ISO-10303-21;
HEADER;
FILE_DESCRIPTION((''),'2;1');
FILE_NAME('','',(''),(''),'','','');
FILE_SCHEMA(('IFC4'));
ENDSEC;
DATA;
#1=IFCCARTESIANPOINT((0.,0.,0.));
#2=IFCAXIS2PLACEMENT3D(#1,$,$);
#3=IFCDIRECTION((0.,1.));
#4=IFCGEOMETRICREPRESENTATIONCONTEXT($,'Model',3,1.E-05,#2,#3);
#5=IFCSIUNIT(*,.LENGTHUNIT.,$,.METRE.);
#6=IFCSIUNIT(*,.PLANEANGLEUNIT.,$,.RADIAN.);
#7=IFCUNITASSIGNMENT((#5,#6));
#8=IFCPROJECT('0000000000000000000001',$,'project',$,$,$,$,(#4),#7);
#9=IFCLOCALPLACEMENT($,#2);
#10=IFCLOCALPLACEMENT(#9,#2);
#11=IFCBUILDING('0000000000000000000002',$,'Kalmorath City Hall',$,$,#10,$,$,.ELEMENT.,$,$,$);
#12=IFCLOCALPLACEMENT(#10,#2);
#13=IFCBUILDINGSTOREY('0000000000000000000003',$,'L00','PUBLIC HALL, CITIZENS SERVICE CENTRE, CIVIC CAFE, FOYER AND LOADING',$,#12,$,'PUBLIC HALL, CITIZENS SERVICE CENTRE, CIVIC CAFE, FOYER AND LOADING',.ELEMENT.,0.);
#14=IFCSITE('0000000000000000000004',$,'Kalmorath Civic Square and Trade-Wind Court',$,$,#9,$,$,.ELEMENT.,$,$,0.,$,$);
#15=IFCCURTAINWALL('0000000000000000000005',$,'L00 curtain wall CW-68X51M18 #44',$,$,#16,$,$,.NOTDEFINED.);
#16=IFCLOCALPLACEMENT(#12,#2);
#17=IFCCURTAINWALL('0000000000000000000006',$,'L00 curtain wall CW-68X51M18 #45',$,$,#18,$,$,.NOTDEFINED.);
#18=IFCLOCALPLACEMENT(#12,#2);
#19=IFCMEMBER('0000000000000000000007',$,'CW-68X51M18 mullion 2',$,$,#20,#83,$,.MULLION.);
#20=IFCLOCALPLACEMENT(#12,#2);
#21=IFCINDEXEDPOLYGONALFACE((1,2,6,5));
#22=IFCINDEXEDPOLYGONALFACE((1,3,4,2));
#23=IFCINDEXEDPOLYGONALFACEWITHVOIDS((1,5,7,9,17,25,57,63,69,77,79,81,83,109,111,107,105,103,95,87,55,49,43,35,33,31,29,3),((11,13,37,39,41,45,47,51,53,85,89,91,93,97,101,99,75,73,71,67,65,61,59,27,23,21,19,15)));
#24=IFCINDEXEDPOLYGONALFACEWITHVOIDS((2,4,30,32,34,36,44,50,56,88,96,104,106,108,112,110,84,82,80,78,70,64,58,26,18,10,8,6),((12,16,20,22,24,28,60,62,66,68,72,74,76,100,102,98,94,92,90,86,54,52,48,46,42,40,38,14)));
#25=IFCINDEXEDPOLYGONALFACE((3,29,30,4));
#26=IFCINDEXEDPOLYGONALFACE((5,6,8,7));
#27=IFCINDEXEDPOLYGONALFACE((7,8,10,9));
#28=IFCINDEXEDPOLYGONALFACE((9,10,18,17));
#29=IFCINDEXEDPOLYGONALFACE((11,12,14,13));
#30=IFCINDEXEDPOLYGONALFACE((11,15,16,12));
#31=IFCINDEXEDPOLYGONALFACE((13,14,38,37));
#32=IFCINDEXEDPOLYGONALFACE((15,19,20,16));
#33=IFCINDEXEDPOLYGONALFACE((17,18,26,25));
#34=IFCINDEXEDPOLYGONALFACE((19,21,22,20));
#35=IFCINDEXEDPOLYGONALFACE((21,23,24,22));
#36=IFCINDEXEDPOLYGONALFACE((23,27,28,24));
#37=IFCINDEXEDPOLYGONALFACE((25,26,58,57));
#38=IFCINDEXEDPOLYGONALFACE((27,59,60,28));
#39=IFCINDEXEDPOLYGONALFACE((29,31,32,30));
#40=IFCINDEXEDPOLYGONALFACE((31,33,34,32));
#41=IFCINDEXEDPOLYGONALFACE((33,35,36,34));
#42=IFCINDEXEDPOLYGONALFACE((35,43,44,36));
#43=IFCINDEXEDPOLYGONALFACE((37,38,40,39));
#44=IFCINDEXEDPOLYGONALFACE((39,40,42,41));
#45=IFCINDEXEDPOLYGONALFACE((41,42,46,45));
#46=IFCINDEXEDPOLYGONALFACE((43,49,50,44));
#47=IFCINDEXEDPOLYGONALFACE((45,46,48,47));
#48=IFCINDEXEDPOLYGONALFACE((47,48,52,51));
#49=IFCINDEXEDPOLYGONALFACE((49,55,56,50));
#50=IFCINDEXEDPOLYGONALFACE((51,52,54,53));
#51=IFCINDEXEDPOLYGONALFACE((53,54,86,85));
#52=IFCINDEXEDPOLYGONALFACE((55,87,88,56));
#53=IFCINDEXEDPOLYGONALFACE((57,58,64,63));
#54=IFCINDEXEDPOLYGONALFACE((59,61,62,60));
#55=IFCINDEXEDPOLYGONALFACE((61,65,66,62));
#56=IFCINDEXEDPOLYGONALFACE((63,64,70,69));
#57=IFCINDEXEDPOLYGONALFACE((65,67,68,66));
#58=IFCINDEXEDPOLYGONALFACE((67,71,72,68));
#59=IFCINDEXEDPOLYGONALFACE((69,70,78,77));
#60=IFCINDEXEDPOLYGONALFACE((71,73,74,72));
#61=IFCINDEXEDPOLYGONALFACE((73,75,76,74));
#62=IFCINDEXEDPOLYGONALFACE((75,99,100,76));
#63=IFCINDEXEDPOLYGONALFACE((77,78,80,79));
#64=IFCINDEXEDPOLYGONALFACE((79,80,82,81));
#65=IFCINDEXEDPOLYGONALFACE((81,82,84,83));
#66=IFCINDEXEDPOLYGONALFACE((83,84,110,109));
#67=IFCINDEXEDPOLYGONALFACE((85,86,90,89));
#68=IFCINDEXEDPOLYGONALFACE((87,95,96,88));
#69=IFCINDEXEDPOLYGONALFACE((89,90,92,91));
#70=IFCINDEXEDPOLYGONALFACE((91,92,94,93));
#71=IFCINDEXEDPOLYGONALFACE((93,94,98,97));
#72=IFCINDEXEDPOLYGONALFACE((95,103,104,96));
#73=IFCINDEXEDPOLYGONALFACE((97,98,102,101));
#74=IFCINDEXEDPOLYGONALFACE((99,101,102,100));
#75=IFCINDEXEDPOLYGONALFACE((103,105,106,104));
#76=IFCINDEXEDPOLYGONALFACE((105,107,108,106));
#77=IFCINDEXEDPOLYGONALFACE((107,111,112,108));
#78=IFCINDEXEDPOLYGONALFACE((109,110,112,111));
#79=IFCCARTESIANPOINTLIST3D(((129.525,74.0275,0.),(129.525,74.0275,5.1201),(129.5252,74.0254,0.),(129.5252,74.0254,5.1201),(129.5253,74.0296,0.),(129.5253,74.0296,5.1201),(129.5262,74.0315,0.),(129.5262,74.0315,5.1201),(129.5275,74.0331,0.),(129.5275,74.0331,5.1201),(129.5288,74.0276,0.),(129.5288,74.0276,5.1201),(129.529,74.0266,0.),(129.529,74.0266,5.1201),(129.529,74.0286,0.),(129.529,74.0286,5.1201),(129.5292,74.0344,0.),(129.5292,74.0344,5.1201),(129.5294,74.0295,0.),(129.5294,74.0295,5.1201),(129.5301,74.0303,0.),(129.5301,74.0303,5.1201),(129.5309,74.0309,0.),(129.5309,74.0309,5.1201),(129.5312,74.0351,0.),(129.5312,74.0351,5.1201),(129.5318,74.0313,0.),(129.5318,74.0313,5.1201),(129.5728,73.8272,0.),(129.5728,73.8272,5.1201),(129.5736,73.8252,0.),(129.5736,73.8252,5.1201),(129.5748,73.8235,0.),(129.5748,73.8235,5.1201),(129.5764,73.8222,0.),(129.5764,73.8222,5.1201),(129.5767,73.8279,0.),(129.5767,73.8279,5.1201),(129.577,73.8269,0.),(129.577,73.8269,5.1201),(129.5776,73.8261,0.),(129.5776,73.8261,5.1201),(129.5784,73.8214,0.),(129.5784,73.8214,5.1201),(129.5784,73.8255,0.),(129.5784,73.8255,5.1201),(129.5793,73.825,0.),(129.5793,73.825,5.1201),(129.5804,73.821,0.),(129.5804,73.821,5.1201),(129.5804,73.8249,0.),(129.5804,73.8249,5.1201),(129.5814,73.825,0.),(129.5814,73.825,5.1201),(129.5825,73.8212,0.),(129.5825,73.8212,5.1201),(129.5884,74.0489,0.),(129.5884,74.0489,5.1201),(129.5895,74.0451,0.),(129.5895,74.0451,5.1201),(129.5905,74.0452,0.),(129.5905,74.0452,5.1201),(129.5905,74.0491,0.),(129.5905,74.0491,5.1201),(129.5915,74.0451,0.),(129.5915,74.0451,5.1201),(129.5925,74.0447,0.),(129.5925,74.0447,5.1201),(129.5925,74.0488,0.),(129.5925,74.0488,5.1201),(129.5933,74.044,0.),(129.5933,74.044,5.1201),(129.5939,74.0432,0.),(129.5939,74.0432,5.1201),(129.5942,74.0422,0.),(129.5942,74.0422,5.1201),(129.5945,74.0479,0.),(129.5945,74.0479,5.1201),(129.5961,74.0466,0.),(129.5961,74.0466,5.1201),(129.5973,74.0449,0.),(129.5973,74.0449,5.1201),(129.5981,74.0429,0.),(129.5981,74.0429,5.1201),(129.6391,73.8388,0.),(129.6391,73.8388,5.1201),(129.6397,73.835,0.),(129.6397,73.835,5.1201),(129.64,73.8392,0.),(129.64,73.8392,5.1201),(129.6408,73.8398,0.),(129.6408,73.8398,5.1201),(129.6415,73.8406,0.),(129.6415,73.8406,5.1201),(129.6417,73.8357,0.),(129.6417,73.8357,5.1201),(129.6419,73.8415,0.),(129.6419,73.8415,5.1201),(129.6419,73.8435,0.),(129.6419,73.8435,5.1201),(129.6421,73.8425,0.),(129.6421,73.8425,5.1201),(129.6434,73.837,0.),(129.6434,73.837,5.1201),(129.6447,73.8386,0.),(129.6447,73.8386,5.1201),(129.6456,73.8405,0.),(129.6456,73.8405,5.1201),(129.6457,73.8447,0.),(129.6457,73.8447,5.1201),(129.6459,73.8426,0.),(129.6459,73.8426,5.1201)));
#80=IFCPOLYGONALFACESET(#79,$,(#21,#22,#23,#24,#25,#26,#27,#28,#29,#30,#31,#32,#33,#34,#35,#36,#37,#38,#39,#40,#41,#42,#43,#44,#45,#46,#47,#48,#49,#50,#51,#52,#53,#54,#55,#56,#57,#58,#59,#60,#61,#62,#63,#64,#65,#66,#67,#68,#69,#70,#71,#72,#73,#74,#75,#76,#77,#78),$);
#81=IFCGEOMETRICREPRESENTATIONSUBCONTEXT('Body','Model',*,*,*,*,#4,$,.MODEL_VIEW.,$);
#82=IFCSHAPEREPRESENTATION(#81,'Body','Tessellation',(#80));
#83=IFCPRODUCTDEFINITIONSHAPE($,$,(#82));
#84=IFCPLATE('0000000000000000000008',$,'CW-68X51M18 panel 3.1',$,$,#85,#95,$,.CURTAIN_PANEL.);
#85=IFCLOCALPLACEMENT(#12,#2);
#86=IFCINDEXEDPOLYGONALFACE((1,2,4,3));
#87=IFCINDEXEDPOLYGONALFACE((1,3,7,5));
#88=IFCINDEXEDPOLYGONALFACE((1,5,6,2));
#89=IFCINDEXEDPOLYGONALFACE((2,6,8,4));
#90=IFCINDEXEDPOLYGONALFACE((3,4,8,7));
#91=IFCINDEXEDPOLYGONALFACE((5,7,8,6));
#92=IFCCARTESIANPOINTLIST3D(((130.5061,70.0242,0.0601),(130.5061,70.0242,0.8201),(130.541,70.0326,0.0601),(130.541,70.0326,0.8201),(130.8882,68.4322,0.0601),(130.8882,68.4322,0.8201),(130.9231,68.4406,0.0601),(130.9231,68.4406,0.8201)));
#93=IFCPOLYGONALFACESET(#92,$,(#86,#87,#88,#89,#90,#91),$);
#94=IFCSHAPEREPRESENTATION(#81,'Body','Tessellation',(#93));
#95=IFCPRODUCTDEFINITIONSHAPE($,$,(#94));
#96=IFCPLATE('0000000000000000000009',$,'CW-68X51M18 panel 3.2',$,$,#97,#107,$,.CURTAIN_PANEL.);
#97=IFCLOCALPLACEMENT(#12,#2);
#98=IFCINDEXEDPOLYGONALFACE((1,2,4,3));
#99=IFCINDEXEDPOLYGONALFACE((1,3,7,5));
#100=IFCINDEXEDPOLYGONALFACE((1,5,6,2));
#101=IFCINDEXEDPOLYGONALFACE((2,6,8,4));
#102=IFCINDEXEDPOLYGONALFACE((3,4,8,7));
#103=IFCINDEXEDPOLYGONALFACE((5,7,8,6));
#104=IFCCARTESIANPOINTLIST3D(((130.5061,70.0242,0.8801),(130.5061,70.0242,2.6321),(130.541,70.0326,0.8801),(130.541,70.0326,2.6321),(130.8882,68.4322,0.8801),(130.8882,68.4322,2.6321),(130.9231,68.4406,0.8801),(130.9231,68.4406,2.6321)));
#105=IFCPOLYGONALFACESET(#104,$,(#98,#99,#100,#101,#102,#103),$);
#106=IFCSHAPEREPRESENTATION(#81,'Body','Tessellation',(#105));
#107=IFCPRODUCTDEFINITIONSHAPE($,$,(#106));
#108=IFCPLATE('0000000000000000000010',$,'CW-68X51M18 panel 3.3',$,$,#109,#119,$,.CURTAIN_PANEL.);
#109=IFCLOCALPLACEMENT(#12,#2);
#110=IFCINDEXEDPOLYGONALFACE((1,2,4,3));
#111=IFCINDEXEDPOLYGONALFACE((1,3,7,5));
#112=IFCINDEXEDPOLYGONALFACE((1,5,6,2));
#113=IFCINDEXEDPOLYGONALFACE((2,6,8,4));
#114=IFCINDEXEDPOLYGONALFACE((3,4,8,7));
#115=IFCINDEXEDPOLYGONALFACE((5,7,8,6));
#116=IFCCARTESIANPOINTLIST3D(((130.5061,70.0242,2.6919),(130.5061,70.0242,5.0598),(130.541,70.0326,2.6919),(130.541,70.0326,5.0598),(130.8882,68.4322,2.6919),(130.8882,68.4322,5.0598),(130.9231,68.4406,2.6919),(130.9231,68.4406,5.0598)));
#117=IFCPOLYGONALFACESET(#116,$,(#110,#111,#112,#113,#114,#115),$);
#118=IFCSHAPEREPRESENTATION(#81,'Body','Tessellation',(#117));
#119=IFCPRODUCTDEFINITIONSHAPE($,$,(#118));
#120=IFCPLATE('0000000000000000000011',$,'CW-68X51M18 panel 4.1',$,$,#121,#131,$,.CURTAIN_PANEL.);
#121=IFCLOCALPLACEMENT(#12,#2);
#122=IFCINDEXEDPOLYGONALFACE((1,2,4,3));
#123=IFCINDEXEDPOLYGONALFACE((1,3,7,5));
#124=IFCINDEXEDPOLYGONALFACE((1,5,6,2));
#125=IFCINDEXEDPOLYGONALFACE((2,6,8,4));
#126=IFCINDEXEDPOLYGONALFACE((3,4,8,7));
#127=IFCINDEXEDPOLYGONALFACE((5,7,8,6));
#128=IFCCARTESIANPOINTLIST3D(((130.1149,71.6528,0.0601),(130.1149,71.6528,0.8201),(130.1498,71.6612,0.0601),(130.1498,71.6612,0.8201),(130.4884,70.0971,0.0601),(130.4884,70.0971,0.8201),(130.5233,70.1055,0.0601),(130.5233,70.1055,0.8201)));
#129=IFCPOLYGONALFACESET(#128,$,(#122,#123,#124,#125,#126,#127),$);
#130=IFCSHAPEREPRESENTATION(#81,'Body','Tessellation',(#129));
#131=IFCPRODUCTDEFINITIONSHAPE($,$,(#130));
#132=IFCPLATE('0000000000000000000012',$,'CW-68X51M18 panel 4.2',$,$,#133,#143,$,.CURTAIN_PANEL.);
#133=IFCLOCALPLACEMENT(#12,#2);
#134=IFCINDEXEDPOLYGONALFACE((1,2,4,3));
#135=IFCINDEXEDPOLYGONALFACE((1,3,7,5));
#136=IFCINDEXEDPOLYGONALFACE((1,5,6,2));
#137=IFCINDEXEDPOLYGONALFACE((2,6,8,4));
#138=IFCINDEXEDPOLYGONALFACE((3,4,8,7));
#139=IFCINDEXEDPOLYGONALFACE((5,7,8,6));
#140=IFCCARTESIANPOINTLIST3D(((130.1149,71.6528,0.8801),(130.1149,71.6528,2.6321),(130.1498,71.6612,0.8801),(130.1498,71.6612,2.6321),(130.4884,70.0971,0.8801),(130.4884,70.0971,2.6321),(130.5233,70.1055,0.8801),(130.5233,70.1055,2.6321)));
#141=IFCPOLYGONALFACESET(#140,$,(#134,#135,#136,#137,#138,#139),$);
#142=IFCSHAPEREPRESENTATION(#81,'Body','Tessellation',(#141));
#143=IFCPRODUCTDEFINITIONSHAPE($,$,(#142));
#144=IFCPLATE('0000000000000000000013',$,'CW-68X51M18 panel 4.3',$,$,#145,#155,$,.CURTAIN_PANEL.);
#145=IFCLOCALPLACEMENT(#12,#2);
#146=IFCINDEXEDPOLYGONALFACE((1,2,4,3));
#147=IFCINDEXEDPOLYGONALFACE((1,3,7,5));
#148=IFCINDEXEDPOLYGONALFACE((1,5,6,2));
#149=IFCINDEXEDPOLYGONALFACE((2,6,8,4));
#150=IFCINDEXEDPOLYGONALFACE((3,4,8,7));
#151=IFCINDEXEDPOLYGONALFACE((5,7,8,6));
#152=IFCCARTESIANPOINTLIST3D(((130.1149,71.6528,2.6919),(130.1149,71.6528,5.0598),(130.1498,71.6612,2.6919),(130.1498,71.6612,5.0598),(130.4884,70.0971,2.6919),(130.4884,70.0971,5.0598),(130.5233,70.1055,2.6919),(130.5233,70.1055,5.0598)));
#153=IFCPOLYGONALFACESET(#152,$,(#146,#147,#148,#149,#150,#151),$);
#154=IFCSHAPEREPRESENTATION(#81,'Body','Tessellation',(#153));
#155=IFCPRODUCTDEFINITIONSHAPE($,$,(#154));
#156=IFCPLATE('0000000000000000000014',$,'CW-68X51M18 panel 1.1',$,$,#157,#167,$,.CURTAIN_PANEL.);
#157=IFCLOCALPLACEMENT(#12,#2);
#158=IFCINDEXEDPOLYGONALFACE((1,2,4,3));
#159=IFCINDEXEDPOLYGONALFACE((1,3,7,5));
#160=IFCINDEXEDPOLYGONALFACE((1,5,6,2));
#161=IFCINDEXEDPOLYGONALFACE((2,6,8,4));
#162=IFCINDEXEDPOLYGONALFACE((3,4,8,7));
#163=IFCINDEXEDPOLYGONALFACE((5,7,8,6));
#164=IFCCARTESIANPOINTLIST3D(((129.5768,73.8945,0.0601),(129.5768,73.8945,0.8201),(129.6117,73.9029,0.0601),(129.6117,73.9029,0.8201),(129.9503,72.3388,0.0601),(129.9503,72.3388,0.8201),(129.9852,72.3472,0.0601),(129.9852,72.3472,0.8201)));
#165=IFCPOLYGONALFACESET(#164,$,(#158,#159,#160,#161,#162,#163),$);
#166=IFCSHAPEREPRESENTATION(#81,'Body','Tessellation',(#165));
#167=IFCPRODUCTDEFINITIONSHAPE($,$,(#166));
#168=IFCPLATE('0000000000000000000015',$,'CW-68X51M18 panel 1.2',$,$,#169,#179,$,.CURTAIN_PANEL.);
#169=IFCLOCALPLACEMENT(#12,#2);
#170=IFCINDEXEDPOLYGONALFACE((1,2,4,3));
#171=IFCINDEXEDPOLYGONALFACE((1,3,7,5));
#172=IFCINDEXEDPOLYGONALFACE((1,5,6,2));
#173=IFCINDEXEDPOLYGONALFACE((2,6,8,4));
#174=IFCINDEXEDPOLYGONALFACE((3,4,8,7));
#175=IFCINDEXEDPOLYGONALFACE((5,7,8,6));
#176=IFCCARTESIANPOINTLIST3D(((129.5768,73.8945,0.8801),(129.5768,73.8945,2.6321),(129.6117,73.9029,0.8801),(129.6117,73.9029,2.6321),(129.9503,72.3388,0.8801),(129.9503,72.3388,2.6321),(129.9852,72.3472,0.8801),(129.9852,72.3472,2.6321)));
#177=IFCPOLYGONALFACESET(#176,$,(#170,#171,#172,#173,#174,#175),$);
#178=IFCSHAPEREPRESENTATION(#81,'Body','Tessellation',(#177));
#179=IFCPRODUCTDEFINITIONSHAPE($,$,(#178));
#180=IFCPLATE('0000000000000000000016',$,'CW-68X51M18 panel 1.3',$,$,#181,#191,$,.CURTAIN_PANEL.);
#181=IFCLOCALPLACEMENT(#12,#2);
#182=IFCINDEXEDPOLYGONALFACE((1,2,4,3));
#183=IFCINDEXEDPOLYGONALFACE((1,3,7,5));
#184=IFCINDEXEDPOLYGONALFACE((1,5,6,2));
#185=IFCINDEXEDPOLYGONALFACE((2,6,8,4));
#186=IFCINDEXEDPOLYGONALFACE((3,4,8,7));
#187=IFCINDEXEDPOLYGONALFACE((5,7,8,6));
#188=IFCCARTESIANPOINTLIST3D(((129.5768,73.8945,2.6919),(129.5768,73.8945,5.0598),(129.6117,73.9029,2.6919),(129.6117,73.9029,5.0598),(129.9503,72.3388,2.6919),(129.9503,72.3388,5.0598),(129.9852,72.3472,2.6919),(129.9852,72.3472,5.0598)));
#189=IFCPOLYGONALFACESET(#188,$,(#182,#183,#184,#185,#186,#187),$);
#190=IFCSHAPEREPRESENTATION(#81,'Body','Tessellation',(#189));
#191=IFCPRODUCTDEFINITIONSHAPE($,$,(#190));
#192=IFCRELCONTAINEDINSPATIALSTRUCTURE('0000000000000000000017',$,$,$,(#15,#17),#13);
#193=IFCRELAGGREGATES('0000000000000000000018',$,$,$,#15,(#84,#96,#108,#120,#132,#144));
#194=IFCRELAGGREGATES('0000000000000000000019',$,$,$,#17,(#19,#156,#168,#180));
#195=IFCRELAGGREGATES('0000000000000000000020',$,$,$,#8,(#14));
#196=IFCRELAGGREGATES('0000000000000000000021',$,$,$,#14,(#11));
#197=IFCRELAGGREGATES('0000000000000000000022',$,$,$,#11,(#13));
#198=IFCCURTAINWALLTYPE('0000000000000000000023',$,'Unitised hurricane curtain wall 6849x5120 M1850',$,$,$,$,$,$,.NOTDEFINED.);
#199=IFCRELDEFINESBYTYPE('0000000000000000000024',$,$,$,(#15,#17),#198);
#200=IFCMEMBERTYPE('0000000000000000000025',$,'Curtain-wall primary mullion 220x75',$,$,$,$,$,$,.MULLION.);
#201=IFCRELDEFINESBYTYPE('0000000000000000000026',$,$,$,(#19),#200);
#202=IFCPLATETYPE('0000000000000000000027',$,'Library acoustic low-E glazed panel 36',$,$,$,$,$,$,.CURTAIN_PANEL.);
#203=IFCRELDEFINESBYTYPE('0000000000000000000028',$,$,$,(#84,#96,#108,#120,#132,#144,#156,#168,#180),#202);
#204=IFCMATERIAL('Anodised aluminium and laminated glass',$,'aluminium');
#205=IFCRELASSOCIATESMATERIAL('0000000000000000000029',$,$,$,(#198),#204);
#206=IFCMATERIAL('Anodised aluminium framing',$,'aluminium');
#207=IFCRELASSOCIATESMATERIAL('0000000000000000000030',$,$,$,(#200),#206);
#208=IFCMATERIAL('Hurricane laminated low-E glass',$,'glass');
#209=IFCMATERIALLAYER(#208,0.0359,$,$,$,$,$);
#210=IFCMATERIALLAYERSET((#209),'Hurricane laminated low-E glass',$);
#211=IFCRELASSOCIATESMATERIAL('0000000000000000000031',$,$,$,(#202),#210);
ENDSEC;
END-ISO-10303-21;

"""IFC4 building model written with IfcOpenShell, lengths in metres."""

from ifc_helpers import new_model, si_unit, direction, frame, origin, origin_2d, place, context, subcontext, project, spatial, rectangle, hollow_rectangle, extrude, material, layer, layer_set, material_profile, profile_set, type_object, element, aggregate, save


model = new_model("IFC4")

# Units and contexts
model_context = context("Model", 3, precision=1e-05, world=origin(), true_north=direction((0.0, 1.0)))
body_context = subcontext(model_context, "Body", "Model", "MODEL_VIEW")
ifc_project = project(units=[si_unit("LENGTHUNIT", "METRE"), si_unit("PLANEANGLEUNIT", "RADIAN")], contexts=[model_context])

# Site, building, storey
site_placement = place(None, origin())
site = spatial("IfcSite", under=ifc_project, at=site_placement, Name="Kalmorath Civic Square and Trade-Wind Court", CompositionType="ELEMENT", RefElevation=0.0)
building_placement = place(site_placement, origin())
building = spatial("IfcBuilding", under=site, at=building_placement, Name="Kalmorath City Hall", CompositionType="ELEMENT")
storey_placement = place(building_placement, origin())
storey = spatial("IfcBuildingStorey", under=building, at=storey_placement, Name="L00", Description="PUBLIC HALL, CITIZENS SERVICE CENTRE, CIVIC CAFE, FOYER AND LOADING", LongName="PUBLIC HALL, CITIZENS SERVICE CENTRE, CIVIC CAFE, FOYER AND LOADING", CompositionType="ELEMENT", Elevation=0.0)

# Curtain walls
ifc_material_1 = material(Name="Anodised aluminium and laminated glass", Category="aluminium")
curtain_wall_type = type_object("IfcCurtainWallType", Name="Unitised hurricane curtain wall 6849x5120 M1850", PredefinedType="NOTDEFINED", material=ifc_material_1)
curtain_wall_1_placement = place(storey_placement, origin())
curtain_wall_1 = element("IfcCurtainWall", 1, at=curtain_wall_1_placement, inside=storey, type_object=curtain_wall_type, Name="L00 curtain wall CW-68X51M18 #44", PredefinedType="NOTDEFINED")
curtain_wall_2_placement = place(storey_placement, origin())
curtain_wall_2 = element("IfcCurtainWall", 2, at=curtain_wall_2_placement, inside=storey, type_object=curtain_wall_type, Name="L00 curtain wall CW-68X51M18 #45", PredefinedType="NOTDEFINED")

# Member
ifc_material_2 = material(Name="Anodised aluminium framing", Category="aluminium")
ifc_material_profile_1 = material_profile(ifc_material_2, hollow_rectangle(XDim=0.075, YDim=0.22, WallThickness=0.0039, InnerFilletRadius=0.0039, OuterFilletRadius=0.0081, at=origin_2d()), Name="ALU-MUL-220X75X4")
ifc_profile_set_1 = profile_set([ifc_material_profile_1], Name="Anodised aluminium framing")
member_type_1 = type_object("IfcMemberType", Name="Curtain-wall primary mullion 220x75", PredefinedType="MULLION", material=ifc_profile_set_1)
member_1_placement = place(storey_placement, frame((129.5854, 73.9351, 0.0), z_axis=(0.0, 0.0, 1.0), x_axis=(-0.972367, -0.233456, 0.0)))
member_1 = element("IfcMember", 3, at=member_1_placement, type_object=member_type_1, Name="CW-68X51M18 mullion 2", PredefinedType="MULLION", context=body_context, shape_type="SweptSolid", body=[
    extrude(hollow_rectangle(XDim=0.075, YDim=0.22, WallThickness=0.0039, InnerFilletRadius=0.0039, OuterFilletRadius=0.0081, at=origin_2d()), origin(), (0.0, 0.0, 1.0), 5.1201),
])

# Plates
ifc_material_3 = material(Name="Hurricane laminated low-E glass", Category="glass")
ifc_layer_1 = layer(ifc_material_3, 0.0359)
ifc_layer_set_1 = layer_set([ifc_layer_1], Name="Hurricane laminated low-E glass")
plate_type = type_object("IfcPlateType", Name="Library acoustic low-E glazed panel 36", PredefinedType="CURTAIN_PANEL", material=ifc_layer_set_1)
plate_1_placement = place(storey_placement, frame((130.7146, 69.2324, 0.0601), z_axis=(0.0, 0.0, 1.0), x_axis=(-0.233442, 0.972371, 0.0)))
plate_1 = element("IfcPlate", 4, at=plate_1_placement, type_object=plate_type, Name="CW-68X51M18 panel 3.1", PredefinedType="CURTAIN_PANEL", context=body_context, shape_type="SweptSolid", body=[
    extrude(rectangle(XDim=1.6372, YDim=0.0359, at=origin_2d()), origin(), (0.0, 0.0, 1.0), 0.76),
])
plate_2_placement = place(storey_placement, frame((130.7146, 69.2324, 0.8801), z_axis=(0.0, 0.0, 1.0), x_axis=(-0.233442, 0.972371, 0.0)))
plate_2 = element("IfcPlate", 5, at=plate_2_placement, type_object=plate_type, Name="CW-68X51M18 panel 3.2", PredefinedType="CURTAIN_PANEL", context=body_context, shape_type="SweptSolid", body=[
    extrude(rectangle(XDim=1.6372, YDim=0.0359, at=origin_2d()), origin(), (0.0, 0.0, 1.0), 1.752),
])
plate_3_placement = place(storey_placement, frame((130.7146, 69.2324, 2.6919), z_axis=(0.0, 0.0, 1.0), x_axis=(-0.233442, 0.972371, 0.0)))
plate_3 = element("IfcPlate", 6, at=plate_3_placement, type_object=plate_type, Name="CW-68X51M18 panel 3.3", PredefinedType="CURTAIN_PANEL", context=body_context, shape_type="SweptSolid", body=[
    extrude(rectangle(XDim=1.6372, YDim=0.0359, at=origin_2d()), origin(), (0.0, 0.0, 1.0), 2.3679),
])
plate_4_placement = place(storey_placement, frame((130.3191, 70.8792, 0.0601), z_axis=(0.0, 0.0, 1.0), x_axis=(-0.233442, 0.972371, 0.0)))
plate_4 = element("IfcPlate", 7, at=plate_4_placement, type_object=plate_type, Name="CW-68X51M18 panel 4.1", PredefinedType="CURTAIN_PANEL", context=body_context, shape_type="SweptSolid", body=[
    extrude(rectangle(XDim=1.5999, YDim=0.0359, at=origin_2d()), origin(), (0.0, 0.0, 1.0), 0.76),
])
plate_5_placement = place(storey_placement, frame((130.3191, 70.8792, 0.8801), z_axis=(0.0, 0.0, 1.0), x_axis=(-0.233442, 0.972371, 0.0)))
plate_5 = element("IfcPlate", 8, at=plate_5_placement, type_object=plate_type, Name="CW-68X51M18 panel 4.2", PredefinedType="CURTAIN_PANEL", context=body_context, shape_type="SweptSolid", body=[
    extrude(rectangle(XDim=1.5999, YDim=0.0359, at=origin_2d()), origin(), (0.0, 0.0, 1.0), 1.752),
])
plate_6_placement = place(storey_placement, frame((130.3191, 70.8792, 2.6919), z_axis=(0.0, 0.0, 1.0), x_axis=(-0.233442, 0.972371, 0.0)))
plate_6 = element("IfcPlate", 9, at=plate_6_placement, type_object=plate_type, Name="CW-68X51M18 panel 4.3", PredefinedType="CURTAIN_PANEL", context=body_context, shape_type="SweptSolid", body=[
    extrude(rectangle(XDim=1.5999, YDim=0.0359, at=origin_2d()), origin(), (0.0, 0.0, 1.0), 2.3679),
])
aggregate(curtain_wall_1, [plate_1, plate_2, plate_3, plate_4, plate_5, plate_6])
plate_7_placement = place(storey_placement, frame((129.781, 73.1208, 0.0601), z_axis=(0.0, 0.0, 1.0), x_axis=(-0.233456, 0.972367, 0.0)))
plate_7 = element("IfcPlate", 10, at=plate_7_placement, type_object=plate_type, Name="CW-68X51M18 panel 1.1", PredefinedType="CURTAIN_PANEL", context=body_context, shape_type="SweptSolid", body=[
    extrude(rectangle(XDim=1.5999, YDim=0.0359, at=origin_2d()), origin(), (0.0, 0.0, 1.0), 0.76),
])
plate_8_placement = place(storey_placement, frame((129.781, 73.1208, 0.8801), z_axis=(0.0, 0.0, 1.0), x_axis=(-0.233456, 0.972367, 0.0)))
plate_8 = element("IfcPlate", 11, at=plate_8_placement, type_object=plate_type, Name="CW-68X51M18 panel 1.2", PredefinedType="CURTAIN_PANEL", context=body_context, shape_type="SweptSolid", body=[
    extrude(rectangle(XDim=1.5999, YDim=0.0359, at=origin_2d()), origin(), (0.0, 0.0, 1.0), 1.752),
])
plate_9_placement = place(storey_placement, frame((129.781, 73.1208, 2.6919), z_axis=(0.0, 0.0, 1.0), x_axis=(-0.233456, 0.972367, 0.0)))
plate_9 = element("IfcPlate", 12, at=plate_9_placement, type_object=plate_type, Name="CW-68X51M18 panel 1.3", PredefinedType="CURTAIN_PANEL", context=body_context, shape_type="SweptSolid", body=[
    extrude(rectangle(XDim=1.5999, YDim=0.0359, at=origin_2d()), origin(), (0.0, 0.0, 1.0), 2.3679),
])
aggregate(curtain_wall_2, [member_1, plate_7, plate_8, plate_9])

save(model, "model.ifc")
